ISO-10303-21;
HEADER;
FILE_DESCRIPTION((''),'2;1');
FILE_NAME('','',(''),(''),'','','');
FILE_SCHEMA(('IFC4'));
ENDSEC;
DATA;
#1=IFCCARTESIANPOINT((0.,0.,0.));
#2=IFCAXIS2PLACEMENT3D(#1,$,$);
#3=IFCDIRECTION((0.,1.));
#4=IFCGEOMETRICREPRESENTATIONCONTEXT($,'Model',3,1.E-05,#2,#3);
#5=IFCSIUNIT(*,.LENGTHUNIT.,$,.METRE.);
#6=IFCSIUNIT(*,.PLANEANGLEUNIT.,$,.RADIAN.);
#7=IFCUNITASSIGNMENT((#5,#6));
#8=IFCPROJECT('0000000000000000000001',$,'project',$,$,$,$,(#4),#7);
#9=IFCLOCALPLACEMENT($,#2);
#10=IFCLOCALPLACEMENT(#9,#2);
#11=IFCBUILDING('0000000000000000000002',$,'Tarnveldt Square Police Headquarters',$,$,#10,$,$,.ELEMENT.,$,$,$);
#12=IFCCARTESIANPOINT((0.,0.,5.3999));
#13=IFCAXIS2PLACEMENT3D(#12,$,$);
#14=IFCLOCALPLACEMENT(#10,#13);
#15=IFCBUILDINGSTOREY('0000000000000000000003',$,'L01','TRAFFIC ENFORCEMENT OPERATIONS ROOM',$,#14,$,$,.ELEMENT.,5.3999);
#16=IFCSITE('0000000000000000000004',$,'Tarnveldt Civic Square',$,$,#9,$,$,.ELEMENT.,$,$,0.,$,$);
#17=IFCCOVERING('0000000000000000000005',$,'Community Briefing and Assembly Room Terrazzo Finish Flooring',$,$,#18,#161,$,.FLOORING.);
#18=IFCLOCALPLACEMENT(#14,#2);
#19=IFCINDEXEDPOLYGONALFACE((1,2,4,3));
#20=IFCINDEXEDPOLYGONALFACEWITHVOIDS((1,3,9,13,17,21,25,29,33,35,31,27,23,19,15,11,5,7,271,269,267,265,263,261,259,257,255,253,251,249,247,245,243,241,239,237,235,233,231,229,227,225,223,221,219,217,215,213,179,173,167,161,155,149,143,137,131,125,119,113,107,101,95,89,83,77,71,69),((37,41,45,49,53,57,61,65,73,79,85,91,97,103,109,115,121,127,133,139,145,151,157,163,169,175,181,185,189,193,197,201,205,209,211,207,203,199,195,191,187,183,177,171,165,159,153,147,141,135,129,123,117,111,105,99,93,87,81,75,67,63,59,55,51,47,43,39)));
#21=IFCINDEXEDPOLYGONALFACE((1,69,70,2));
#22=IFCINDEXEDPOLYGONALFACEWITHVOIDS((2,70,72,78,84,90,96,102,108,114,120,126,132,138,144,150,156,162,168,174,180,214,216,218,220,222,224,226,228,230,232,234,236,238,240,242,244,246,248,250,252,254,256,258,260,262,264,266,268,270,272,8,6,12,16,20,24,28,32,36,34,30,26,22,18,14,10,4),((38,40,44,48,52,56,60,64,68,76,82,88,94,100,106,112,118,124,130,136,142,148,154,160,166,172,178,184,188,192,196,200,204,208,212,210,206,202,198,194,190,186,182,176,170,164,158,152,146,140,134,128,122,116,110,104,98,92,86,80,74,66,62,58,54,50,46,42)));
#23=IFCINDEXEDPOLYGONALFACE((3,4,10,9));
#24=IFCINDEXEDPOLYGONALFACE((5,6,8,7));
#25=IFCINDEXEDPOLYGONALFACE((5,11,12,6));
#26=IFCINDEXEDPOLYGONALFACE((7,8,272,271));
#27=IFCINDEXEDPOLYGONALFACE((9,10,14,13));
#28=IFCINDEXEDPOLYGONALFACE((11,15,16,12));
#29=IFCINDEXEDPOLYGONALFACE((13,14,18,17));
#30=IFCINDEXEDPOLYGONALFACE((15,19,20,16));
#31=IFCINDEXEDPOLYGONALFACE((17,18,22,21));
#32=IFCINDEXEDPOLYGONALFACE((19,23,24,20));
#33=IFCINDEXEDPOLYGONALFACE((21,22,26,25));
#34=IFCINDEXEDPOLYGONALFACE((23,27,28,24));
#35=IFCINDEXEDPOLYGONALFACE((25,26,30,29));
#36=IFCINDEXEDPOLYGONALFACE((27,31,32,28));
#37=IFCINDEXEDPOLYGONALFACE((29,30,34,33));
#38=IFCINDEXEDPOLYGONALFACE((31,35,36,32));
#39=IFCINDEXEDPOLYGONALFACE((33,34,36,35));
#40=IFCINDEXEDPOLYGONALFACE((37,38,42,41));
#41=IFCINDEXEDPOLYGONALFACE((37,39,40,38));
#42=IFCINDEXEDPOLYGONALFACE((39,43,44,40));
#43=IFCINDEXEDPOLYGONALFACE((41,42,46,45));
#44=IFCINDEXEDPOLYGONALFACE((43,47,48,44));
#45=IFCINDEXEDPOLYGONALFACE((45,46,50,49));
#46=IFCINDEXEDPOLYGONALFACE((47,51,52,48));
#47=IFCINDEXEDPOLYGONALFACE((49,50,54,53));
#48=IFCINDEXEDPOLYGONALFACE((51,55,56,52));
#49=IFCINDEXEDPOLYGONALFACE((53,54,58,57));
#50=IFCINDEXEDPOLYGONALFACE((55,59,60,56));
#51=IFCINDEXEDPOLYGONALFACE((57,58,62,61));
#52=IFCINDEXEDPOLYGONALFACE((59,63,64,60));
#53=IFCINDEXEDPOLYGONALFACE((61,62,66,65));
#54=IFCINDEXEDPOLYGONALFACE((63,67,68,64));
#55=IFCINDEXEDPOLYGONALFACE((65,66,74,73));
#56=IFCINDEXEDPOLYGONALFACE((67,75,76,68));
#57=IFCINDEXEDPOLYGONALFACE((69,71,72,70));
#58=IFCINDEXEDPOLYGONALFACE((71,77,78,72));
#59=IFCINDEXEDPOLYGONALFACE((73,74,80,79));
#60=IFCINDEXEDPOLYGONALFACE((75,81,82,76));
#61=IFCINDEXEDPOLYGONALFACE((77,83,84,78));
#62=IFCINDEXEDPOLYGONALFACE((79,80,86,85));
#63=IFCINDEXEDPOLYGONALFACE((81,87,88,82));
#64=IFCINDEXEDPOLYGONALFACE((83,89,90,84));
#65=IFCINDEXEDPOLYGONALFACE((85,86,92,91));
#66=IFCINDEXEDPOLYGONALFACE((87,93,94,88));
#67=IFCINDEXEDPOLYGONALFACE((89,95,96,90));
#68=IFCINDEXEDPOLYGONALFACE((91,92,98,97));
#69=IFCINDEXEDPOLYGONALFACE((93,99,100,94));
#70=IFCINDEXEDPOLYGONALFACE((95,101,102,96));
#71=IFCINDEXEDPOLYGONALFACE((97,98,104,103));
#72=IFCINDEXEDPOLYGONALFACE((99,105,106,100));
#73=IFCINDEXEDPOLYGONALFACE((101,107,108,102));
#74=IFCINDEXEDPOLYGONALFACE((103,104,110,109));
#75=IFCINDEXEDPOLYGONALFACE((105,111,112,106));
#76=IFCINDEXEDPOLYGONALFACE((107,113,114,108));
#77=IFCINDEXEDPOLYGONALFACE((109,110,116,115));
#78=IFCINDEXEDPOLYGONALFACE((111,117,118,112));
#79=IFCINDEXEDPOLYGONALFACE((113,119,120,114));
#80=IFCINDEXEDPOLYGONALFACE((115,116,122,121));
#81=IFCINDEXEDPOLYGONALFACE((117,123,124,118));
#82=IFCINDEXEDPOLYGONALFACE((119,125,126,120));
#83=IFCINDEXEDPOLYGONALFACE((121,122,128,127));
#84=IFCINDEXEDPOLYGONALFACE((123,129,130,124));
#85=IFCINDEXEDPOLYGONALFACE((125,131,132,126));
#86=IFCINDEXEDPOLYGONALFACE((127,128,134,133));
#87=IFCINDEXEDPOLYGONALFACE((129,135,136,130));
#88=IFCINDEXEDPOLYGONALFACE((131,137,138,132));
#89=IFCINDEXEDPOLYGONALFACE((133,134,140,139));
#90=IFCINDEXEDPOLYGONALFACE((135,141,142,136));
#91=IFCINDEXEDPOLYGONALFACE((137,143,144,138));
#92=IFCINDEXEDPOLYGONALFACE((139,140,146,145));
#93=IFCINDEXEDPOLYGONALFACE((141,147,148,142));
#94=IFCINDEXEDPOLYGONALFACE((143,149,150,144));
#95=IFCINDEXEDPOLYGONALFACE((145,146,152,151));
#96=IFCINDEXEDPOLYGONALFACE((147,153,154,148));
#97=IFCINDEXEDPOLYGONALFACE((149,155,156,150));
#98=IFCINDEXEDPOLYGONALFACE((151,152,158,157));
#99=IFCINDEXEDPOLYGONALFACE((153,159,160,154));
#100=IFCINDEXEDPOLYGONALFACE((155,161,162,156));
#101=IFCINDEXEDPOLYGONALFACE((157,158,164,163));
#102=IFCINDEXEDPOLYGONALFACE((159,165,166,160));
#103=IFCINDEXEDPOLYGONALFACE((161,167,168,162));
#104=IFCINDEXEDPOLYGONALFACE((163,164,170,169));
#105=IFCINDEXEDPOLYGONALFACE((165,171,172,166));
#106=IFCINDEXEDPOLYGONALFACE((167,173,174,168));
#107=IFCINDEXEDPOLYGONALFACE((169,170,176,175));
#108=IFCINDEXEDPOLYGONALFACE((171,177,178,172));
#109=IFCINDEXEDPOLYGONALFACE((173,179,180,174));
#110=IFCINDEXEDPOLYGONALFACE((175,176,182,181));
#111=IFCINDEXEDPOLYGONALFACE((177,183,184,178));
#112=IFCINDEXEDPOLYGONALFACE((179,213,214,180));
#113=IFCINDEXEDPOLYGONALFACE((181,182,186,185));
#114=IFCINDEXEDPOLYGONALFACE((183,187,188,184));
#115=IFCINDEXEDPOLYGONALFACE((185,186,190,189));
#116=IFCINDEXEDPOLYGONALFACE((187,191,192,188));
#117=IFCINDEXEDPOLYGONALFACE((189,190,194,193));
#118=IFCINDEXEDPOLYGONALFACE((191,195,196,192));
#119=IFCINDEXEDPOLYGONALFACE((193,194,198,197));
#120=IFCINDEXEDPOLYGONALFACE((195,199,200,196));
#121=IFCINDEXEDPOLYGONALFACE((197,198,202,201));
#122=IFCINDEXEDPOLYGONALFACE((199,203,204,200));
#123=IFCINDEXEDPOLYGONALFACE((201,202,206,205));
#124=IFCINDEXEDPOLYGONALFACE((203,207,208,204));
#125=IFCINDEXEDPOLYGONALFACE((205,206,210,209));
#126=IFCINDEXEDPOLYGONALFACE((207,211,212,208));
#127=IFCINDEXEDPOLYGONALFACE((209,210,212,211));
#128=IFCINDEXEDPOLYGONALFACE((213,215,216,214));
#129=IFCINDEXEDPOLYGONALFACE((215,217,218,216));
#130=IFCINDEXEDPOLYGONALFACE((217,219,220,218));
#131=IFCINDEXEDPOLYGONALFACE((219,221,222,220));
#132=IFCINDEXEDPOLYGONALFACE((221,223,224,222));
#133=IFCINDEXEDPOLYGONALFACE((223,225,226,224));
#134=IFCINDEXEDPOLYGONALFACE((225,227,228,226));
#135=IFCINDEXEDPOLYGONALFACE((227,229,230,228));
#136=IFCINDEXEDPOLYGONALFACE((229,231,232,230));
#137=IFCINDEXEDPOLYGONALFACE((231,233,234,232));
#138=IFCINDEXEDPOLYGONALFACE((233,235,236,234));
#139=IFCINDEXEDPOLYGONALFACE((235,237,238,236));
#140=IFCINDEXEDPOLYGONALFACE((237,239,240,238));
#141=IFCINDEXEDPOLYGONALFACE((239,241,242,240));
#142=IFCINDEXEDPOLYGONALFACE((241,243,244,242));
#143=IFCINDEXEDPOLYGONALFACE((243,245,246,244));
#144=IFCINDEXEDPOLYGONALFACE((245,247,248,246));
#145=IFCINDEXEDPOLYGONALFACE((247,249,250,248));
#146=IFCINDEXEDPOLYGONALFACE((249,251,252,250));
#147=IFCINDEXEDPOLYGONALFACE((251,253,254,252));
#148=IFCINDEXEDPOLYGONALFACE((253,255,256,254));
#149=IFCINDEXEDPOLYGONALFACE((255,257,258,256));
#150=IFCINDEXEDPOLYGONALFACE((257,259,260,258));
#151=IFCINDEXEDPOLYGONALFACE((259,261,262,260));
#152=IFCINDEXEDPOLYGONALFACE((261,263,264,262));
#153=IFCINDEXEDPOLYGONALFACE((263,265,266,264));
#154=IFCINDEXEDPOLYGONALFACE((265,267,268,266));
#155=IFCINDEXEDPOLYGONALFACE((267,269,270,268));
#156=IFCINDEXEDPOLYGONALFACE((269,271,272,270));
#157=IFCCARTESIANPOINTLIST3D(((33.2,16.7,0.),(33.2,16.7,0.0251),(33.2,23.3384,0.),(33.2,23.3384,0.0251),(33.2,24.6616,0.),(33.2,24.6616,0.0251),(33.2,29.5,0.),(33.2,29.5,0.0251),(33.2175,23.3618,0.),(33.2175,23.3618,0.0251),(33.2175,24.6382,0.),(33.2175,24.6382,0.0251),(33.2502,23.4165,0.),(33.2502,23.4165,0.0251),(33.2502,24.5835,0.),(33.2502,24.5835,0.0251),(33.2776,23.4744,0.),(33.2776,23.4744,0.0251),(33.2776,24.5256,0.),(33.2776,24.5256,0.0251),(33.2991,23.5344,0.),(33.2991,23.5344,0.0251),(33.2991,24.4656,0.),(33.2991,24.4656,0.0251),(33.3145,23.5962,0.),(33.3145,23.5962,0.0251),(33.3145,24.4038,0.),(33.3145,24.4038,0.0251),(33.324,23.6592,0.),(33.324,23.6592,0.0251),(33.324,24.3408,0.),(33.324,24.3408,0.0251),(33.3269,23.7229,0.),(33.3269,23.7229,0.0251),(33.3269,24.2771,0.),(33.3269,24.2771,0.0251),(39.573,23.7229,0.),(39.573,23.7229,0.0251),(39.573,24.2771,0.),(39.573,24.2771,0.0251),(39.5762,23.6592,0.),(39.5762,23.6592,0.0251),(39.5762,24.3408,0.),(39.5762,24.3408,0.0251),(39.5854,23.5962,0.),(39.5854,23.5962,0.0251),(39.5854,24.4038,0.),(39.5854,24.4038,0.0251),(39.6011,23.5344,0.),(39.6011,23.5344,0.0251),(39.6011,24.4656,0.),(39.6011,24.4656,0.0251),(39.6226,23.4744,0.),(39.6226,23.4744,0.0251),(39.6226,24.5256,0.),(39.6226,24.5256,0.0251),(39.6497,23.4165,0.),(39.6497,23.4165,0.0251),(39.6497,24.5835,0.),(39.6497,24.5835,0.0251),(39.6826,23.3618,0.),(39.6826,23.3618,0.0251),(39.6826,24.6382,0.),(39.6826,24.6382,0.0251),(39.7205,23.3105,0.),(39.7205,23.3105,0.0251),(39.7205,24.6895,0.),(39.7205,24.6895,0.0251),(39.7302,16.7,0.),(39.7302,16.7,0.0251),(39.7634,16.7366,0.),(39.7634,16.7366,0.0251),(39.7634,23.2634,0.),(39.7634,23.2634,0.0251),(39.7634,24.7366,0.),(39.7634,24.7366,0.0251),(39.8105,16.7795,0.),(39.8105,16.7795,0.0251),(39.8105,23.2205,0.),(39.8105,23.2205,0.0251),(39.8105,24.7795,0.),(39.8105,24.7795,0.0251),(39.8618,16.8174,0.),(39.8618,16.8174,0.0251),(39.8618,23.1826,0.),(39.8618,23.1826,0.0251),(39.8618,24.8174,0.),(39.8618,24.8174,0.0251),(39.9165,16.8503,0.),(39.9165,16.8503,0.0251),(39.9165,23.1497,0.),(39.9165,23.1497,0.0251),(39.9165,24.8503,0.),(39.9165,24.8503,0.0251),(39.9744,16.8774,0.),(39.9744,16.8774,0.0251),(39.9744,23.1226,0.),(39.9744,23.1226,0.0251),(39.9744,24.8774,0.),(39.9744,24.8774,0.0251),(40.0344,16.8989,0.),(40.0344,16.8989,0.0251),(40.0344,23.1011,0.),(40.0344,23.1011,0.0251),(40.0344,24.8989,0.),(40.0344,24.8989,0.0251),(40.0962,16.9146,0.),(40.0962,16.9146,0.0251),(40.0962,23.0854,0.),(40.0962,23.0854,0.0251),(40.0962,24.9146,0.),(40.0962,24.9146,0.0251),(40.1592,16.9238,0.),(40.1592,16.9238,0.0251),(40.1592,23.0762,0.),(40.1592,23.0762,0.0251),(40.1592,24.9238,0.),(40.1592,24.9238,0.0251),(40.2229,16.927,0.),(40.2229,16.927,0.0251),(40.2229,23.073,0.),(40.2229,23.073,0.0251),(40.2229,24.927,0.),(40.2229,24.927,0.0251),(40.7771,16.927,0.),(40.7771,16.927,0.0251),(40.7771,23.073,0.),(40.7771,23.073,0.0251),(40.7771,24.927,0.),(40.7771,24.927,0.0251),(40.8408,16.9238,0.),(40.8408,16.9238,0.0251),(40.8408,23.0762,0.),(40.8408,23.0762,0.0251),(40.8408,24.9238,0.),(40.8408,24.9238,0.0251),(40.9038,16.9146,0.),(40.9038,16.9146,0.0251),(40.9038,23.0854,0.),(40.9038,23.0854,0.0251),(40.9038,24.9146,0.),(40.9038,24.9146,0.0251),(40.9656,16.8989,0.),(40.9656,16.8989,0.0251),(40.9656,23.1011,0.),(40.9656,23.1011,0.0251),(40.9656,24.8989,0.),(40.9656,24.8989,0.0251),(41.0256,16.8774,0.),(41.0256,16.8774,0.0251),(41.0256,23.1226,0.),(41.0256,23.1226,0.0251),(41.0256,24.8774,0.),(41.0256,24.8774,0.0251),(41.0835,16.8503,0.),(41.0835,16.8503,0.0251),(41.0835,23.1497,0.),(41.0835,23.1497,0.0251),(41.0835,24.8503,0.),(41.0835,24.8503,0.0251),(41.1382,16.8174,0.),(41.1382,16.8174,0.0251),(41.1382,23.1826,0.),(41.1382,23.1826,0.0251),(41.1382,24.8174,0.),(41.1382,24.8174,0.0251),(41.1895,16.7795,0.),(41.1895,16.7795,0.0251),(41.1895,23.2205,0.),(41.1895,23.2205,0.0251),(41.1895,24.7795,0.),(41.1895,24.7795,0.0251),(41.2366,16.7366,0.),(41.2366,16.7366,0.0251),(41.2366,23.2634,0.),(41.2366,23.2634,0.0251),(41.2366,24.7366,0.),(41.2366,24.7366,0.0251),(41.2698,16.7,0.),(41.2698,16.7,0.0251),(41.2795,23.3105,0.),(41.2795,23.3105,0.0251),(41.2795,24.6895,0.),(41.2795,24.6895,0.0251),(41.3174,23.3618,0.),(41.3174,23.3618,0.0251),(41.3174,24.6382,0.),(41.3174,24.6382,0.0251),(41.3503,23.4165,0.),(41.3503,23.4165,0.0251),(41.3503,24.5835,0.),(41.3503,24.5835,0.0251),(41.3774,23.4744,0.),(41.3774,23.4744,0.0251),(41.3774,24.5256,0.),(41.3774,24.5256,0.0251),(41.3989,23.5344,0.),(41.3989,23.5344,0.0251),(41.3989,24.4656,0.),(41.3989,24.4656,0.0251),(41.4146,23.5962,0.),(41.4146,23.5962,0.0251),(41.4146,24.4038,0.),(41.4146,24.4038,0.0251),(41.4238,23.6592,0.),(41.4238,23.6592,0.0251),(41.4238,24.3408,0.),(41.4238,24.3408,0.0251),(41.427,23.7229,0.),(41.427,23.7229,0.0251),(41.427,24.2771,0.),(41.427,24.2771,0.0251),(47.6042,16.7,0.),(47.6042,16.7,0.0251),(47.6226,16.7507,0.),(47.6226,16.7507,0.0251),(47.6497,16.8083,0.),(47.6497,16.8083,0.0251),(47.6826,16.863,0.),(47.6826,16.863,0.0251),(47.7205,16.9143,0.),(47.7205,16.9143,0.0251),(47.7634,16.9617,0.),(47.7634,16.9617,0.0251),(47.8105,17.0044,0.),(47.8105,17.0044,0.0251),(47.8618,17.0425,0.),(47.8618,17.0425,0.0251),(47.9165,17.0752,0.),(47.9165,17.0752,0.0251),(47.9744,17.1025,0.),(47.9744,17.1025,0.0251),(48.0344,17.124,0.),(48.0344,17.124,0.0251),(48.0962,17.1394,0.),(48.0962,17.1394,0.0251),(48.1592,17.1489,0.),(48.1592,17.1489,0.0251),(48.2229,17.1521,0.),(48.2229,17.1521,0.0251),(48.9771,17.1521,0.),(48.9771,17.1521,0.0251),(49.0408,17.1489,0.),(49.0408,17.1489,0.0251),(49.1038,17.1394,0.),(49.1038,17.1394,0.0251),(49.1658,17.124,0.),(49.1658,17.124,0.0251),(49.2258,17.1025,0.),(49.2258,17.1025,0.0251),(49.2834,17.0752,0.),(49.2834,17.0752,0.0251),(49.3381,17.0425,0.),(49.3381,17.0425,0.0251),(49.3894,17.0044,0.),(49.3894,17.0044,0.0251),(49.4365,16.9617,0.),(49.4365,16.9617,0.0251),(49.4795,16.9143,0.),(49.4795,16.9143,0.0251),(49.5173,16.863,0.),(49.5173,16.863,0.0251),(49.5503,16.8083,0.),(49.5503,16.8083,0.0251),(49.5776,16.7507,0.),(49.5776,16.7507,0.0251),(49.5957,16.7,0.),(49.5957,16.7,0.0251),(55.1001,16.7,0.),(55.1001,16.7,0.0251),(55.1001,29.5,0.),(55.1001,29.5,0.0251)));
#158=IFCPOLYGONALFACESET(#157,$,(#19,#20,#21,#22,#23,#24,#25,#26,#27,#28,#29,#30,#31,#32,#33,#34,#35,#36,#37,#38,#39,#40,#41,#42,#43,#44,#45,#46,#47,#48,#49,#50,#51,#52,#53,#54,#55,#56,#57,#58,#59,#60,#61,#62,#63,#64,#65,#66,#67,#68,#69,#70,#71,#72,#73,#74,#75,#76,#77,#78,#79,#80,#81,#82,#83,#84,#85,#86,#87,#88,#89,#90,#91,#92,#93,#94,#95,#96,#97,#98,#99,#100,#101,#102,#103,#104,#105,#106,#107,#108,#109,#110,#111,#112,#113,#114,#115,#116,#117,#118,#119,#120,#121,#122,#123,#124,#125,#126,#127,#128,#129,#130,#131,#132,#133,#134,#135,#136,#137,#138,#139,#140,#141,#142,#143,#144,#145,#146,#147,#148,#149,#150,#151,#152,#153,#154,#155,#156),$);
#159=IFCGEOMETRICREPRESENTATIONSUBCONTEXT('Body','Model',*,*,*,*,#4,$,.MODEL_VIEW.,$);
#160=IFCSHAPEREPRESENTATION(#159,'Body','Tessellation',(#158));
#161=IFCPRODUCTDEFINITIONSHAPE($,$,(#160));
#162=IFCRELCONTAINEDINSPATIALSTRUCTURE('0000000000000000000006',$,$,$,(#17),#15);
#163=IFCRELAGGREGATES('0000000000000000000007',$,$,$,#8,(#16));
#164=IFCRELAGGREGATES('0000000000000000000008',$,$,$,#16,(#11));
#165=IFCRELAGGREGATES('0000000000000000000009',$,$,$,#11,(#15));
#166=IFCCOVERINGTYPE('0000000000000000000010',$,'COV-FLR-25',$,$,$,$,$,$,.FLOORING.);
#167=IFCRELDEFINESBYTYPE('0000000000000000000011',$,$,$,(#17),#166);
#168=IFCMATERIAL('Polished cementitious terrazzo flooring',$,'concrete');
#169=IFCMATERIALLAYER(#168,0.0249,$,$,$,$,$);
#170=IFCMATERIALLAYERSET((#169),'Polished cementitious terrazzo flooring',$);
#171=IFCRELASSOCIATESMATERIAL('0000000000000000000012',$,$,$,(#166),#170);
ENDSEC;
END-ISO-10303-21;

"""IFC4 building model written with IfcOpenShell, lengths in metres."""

from ifc_helpers import new_model, si_unit, direction, frame, origin, place, context, subcontext, project, spatial, polyline, outline, extrude, material, layer, layer_set, type_object, element, save


model = new_model("IFC4")

# Units and contexts
model_context = context("Model", 3, precision=1e-05, world=origin(), true_north=direction((0.0, 1.0)))
body_context = subcontext(model_context, "Body", "Model", "MODEL_VIEW")
ifc_project = project(units=[si_unit("LENGTHUNIT", "METRE"), si_unit("PLANEANGLEUNIT", "RADIAN")], contexts=[model_context])

# Site, building, storey
site_placement = place(None, origin())
site = spatial("IfcSite", under=ifc_project, at=site_placement, Name="Tarnveldt Civic Square", CompositionType="ELEMENT", RefElevation=0.0)
building_placement = place(site_placement, origin())
building = spatial("IfcBuilding", under=site, at=building_placement, Name="Tarnveldt Square Police Headquarters", CompositionType="ELEMENT")
storey_placement = place(building_placement, frame((0.0, 0.0, 5.3999)))
storey = spatial("IfcBuildingStorey", under=building, at=storey_placement, Name="L01", Description="TRAFFIC ENFORCEMENT OPERATIONS ROOM", CompositionType="ELEMENT", Elevation=5.3999)

# Covering
ifc_material_1 = material(Name="Polished cementitious terrazzo flooring", Category="concrete")
ifc_layer_1 = layer(ifc_material_1, 0.0249)
ifc_layer_set_1 = layer_set([ifc_layer_1], Name="Polished cementitious terrazzo flooring")
covering_type_1 = type_object("IfcCoveringType", Name="COV-FLR-25", PredefinedType="FLOORING", material=ifc_layer_set_1)
covering_1_placement = place(storey_placement, origin())
element("IfcCovering", 1, at=covering_1_placement, inside=storey, type_object=covering_type_1, Name="Community Briefing and Assembly Room Terrazzo Finish Flooring", PredefinedType="FLOORING", context=body_context, shape_type="SweptSolid", body=[
    extrude(outline(polyline([(33.2, 16.7), (33.2, 23.3384), (33.2175, 23.3618), (33.2502, 23.4165), (33.2776, 23.4744), (33.2991, 23.5344), (33.3145, 23.5962), (33.324, 23.6592), (33.3269, 23.7229), (33.3269, 24.2771), (33.324, 24.3408), (33.3145, 24.4038), (33.2991, 24.4656), (33.2776, 24.5256), (33.2502, 24.5835), (33.2175, 24.6382), (33.2, 24.6616), (33.2, 29.5), (55.1001, 29.5), (55.1001, 16.7), (49.5957, 16.7), (49.5776, 16.7507), (49.5503, 16.8083), (49.5173, 16.863), (49.4795, 16.9143), (49.4365, 16.9617), (49.3894, 17.0044), (49.3381, 17.0425), (49.2834, 17.0752), (49.2258, 17.1025), (49.1658, 17.124), (49.1038, 17.1394), (49.0408, 17.1489), (48.9771, 17.1521), (48.2229, 17.1521), (48.1592, 17.1489), (48.0962, 17.1394), (48.0344, 17.124), (47.9744, 17.1025), (47.9165, 17.0752), (47.8618, 17.0425), (47.8105, 17.0044), (47.7634, 16.9617), (47.7205, 16.9143), (47.6826, 16.863), (47.6497, 16.8083), (47.6226, 16.7507), (47.6042, 16.7), (41.2698, 16.7), (41.2366, 16.7366), (41.1895, 16.7795), (41.1382, 16.8174), (41.0835, 16.8503), (41.0256, 16.8774), (40.9656, 16.8989), (40.9038, 16.9146), (40.8408, 16.9238), (40.7771, 16.927), (40.2229, 16.927), (40.1592, 16.9238), (40.0962, 16.9146), (40.0344, 16.8989), (39.9744, 16.8774), (39.9165, 16.8503), (39.8618, 16.8174), (39.8105, 16.7795), (39.7634, 16.7366), (39.7302, 16.7), (33.2, 16.7)]), holes=[polyline([(41.427, 24.2771), (41.4238, 24.3408), (41.4146, 24.4038), (41.3989, 24.4656), (41.3774, 24.5256), (41.3503, 24.5835), (41.3174, 24.6382), (41.2795, 24.6895), (41.2366, 24.7366), (41.1895, 24.7795), (41.1382, 24.8174), (41.0835, 24.8503), (41.0256, 24.8774), (40.9656, 24.8989), (40.9038, 24.9146), (40.8408, 24.9238), (40.7771, 24.927), (40.2229, 24.927), (40.1592, 24.9238), (40.0962, 24.9146), (40.0344, 24.8989), (39.9744, 24.8774), (39.9165, 24.8503), (39.8618, 24.8174), (39.8105, 24.7795), (39.7634, 24.7366), (39.7205, 24.6895), (39.6826, 24.6382), (39.6497, 24.5835), (39.6226, 24.5256), (39.6011, 24.4656), (39.5854, 24.4038), (39.5762, 24.3408), (39.573, 24.2771), (39.573, 23.7229), (39.5762, 23.6592), (39.5854, 23.5962), (39.6011, 23.5344), (39.6226, 23.4744), (39.6497, 23.4165), (39.6826, 23.3618), (39.7205, 23.3105), (39.7634, 23.2634), (39.8105, 23.2205), (39.8618, 23.1826), (39.9165, 23.1497), (39.9744, 23.1226), (40.0344, 23.1011), (40.0962, 23.0854), (40.1592, 23.0762), (40.2229, 23.073), (40.7771, 23.073), (40.8408, 23.0762), (40.9038, 23.0854), (40.9656, 23.1011), (41.0256, 23.1226), (41.0835, 23.1497), (41.1382, 23.1826), (41.1895, 23.2205), (41.2366, 23.2634), (41.2795, 23.3105), (41.3174, 23.3618), (41.3503, 23.4165), (41.3774, 23.4744), (41.3989, 23.5344), (41.4146, 23.5962), (41.4238, 23.6592), (41.427, 23.7229), (41.427, 24.2771)])]), origin(), (0.0, 0.0, 1.0), 0.0251),
])

save(model, "model.ifc")
